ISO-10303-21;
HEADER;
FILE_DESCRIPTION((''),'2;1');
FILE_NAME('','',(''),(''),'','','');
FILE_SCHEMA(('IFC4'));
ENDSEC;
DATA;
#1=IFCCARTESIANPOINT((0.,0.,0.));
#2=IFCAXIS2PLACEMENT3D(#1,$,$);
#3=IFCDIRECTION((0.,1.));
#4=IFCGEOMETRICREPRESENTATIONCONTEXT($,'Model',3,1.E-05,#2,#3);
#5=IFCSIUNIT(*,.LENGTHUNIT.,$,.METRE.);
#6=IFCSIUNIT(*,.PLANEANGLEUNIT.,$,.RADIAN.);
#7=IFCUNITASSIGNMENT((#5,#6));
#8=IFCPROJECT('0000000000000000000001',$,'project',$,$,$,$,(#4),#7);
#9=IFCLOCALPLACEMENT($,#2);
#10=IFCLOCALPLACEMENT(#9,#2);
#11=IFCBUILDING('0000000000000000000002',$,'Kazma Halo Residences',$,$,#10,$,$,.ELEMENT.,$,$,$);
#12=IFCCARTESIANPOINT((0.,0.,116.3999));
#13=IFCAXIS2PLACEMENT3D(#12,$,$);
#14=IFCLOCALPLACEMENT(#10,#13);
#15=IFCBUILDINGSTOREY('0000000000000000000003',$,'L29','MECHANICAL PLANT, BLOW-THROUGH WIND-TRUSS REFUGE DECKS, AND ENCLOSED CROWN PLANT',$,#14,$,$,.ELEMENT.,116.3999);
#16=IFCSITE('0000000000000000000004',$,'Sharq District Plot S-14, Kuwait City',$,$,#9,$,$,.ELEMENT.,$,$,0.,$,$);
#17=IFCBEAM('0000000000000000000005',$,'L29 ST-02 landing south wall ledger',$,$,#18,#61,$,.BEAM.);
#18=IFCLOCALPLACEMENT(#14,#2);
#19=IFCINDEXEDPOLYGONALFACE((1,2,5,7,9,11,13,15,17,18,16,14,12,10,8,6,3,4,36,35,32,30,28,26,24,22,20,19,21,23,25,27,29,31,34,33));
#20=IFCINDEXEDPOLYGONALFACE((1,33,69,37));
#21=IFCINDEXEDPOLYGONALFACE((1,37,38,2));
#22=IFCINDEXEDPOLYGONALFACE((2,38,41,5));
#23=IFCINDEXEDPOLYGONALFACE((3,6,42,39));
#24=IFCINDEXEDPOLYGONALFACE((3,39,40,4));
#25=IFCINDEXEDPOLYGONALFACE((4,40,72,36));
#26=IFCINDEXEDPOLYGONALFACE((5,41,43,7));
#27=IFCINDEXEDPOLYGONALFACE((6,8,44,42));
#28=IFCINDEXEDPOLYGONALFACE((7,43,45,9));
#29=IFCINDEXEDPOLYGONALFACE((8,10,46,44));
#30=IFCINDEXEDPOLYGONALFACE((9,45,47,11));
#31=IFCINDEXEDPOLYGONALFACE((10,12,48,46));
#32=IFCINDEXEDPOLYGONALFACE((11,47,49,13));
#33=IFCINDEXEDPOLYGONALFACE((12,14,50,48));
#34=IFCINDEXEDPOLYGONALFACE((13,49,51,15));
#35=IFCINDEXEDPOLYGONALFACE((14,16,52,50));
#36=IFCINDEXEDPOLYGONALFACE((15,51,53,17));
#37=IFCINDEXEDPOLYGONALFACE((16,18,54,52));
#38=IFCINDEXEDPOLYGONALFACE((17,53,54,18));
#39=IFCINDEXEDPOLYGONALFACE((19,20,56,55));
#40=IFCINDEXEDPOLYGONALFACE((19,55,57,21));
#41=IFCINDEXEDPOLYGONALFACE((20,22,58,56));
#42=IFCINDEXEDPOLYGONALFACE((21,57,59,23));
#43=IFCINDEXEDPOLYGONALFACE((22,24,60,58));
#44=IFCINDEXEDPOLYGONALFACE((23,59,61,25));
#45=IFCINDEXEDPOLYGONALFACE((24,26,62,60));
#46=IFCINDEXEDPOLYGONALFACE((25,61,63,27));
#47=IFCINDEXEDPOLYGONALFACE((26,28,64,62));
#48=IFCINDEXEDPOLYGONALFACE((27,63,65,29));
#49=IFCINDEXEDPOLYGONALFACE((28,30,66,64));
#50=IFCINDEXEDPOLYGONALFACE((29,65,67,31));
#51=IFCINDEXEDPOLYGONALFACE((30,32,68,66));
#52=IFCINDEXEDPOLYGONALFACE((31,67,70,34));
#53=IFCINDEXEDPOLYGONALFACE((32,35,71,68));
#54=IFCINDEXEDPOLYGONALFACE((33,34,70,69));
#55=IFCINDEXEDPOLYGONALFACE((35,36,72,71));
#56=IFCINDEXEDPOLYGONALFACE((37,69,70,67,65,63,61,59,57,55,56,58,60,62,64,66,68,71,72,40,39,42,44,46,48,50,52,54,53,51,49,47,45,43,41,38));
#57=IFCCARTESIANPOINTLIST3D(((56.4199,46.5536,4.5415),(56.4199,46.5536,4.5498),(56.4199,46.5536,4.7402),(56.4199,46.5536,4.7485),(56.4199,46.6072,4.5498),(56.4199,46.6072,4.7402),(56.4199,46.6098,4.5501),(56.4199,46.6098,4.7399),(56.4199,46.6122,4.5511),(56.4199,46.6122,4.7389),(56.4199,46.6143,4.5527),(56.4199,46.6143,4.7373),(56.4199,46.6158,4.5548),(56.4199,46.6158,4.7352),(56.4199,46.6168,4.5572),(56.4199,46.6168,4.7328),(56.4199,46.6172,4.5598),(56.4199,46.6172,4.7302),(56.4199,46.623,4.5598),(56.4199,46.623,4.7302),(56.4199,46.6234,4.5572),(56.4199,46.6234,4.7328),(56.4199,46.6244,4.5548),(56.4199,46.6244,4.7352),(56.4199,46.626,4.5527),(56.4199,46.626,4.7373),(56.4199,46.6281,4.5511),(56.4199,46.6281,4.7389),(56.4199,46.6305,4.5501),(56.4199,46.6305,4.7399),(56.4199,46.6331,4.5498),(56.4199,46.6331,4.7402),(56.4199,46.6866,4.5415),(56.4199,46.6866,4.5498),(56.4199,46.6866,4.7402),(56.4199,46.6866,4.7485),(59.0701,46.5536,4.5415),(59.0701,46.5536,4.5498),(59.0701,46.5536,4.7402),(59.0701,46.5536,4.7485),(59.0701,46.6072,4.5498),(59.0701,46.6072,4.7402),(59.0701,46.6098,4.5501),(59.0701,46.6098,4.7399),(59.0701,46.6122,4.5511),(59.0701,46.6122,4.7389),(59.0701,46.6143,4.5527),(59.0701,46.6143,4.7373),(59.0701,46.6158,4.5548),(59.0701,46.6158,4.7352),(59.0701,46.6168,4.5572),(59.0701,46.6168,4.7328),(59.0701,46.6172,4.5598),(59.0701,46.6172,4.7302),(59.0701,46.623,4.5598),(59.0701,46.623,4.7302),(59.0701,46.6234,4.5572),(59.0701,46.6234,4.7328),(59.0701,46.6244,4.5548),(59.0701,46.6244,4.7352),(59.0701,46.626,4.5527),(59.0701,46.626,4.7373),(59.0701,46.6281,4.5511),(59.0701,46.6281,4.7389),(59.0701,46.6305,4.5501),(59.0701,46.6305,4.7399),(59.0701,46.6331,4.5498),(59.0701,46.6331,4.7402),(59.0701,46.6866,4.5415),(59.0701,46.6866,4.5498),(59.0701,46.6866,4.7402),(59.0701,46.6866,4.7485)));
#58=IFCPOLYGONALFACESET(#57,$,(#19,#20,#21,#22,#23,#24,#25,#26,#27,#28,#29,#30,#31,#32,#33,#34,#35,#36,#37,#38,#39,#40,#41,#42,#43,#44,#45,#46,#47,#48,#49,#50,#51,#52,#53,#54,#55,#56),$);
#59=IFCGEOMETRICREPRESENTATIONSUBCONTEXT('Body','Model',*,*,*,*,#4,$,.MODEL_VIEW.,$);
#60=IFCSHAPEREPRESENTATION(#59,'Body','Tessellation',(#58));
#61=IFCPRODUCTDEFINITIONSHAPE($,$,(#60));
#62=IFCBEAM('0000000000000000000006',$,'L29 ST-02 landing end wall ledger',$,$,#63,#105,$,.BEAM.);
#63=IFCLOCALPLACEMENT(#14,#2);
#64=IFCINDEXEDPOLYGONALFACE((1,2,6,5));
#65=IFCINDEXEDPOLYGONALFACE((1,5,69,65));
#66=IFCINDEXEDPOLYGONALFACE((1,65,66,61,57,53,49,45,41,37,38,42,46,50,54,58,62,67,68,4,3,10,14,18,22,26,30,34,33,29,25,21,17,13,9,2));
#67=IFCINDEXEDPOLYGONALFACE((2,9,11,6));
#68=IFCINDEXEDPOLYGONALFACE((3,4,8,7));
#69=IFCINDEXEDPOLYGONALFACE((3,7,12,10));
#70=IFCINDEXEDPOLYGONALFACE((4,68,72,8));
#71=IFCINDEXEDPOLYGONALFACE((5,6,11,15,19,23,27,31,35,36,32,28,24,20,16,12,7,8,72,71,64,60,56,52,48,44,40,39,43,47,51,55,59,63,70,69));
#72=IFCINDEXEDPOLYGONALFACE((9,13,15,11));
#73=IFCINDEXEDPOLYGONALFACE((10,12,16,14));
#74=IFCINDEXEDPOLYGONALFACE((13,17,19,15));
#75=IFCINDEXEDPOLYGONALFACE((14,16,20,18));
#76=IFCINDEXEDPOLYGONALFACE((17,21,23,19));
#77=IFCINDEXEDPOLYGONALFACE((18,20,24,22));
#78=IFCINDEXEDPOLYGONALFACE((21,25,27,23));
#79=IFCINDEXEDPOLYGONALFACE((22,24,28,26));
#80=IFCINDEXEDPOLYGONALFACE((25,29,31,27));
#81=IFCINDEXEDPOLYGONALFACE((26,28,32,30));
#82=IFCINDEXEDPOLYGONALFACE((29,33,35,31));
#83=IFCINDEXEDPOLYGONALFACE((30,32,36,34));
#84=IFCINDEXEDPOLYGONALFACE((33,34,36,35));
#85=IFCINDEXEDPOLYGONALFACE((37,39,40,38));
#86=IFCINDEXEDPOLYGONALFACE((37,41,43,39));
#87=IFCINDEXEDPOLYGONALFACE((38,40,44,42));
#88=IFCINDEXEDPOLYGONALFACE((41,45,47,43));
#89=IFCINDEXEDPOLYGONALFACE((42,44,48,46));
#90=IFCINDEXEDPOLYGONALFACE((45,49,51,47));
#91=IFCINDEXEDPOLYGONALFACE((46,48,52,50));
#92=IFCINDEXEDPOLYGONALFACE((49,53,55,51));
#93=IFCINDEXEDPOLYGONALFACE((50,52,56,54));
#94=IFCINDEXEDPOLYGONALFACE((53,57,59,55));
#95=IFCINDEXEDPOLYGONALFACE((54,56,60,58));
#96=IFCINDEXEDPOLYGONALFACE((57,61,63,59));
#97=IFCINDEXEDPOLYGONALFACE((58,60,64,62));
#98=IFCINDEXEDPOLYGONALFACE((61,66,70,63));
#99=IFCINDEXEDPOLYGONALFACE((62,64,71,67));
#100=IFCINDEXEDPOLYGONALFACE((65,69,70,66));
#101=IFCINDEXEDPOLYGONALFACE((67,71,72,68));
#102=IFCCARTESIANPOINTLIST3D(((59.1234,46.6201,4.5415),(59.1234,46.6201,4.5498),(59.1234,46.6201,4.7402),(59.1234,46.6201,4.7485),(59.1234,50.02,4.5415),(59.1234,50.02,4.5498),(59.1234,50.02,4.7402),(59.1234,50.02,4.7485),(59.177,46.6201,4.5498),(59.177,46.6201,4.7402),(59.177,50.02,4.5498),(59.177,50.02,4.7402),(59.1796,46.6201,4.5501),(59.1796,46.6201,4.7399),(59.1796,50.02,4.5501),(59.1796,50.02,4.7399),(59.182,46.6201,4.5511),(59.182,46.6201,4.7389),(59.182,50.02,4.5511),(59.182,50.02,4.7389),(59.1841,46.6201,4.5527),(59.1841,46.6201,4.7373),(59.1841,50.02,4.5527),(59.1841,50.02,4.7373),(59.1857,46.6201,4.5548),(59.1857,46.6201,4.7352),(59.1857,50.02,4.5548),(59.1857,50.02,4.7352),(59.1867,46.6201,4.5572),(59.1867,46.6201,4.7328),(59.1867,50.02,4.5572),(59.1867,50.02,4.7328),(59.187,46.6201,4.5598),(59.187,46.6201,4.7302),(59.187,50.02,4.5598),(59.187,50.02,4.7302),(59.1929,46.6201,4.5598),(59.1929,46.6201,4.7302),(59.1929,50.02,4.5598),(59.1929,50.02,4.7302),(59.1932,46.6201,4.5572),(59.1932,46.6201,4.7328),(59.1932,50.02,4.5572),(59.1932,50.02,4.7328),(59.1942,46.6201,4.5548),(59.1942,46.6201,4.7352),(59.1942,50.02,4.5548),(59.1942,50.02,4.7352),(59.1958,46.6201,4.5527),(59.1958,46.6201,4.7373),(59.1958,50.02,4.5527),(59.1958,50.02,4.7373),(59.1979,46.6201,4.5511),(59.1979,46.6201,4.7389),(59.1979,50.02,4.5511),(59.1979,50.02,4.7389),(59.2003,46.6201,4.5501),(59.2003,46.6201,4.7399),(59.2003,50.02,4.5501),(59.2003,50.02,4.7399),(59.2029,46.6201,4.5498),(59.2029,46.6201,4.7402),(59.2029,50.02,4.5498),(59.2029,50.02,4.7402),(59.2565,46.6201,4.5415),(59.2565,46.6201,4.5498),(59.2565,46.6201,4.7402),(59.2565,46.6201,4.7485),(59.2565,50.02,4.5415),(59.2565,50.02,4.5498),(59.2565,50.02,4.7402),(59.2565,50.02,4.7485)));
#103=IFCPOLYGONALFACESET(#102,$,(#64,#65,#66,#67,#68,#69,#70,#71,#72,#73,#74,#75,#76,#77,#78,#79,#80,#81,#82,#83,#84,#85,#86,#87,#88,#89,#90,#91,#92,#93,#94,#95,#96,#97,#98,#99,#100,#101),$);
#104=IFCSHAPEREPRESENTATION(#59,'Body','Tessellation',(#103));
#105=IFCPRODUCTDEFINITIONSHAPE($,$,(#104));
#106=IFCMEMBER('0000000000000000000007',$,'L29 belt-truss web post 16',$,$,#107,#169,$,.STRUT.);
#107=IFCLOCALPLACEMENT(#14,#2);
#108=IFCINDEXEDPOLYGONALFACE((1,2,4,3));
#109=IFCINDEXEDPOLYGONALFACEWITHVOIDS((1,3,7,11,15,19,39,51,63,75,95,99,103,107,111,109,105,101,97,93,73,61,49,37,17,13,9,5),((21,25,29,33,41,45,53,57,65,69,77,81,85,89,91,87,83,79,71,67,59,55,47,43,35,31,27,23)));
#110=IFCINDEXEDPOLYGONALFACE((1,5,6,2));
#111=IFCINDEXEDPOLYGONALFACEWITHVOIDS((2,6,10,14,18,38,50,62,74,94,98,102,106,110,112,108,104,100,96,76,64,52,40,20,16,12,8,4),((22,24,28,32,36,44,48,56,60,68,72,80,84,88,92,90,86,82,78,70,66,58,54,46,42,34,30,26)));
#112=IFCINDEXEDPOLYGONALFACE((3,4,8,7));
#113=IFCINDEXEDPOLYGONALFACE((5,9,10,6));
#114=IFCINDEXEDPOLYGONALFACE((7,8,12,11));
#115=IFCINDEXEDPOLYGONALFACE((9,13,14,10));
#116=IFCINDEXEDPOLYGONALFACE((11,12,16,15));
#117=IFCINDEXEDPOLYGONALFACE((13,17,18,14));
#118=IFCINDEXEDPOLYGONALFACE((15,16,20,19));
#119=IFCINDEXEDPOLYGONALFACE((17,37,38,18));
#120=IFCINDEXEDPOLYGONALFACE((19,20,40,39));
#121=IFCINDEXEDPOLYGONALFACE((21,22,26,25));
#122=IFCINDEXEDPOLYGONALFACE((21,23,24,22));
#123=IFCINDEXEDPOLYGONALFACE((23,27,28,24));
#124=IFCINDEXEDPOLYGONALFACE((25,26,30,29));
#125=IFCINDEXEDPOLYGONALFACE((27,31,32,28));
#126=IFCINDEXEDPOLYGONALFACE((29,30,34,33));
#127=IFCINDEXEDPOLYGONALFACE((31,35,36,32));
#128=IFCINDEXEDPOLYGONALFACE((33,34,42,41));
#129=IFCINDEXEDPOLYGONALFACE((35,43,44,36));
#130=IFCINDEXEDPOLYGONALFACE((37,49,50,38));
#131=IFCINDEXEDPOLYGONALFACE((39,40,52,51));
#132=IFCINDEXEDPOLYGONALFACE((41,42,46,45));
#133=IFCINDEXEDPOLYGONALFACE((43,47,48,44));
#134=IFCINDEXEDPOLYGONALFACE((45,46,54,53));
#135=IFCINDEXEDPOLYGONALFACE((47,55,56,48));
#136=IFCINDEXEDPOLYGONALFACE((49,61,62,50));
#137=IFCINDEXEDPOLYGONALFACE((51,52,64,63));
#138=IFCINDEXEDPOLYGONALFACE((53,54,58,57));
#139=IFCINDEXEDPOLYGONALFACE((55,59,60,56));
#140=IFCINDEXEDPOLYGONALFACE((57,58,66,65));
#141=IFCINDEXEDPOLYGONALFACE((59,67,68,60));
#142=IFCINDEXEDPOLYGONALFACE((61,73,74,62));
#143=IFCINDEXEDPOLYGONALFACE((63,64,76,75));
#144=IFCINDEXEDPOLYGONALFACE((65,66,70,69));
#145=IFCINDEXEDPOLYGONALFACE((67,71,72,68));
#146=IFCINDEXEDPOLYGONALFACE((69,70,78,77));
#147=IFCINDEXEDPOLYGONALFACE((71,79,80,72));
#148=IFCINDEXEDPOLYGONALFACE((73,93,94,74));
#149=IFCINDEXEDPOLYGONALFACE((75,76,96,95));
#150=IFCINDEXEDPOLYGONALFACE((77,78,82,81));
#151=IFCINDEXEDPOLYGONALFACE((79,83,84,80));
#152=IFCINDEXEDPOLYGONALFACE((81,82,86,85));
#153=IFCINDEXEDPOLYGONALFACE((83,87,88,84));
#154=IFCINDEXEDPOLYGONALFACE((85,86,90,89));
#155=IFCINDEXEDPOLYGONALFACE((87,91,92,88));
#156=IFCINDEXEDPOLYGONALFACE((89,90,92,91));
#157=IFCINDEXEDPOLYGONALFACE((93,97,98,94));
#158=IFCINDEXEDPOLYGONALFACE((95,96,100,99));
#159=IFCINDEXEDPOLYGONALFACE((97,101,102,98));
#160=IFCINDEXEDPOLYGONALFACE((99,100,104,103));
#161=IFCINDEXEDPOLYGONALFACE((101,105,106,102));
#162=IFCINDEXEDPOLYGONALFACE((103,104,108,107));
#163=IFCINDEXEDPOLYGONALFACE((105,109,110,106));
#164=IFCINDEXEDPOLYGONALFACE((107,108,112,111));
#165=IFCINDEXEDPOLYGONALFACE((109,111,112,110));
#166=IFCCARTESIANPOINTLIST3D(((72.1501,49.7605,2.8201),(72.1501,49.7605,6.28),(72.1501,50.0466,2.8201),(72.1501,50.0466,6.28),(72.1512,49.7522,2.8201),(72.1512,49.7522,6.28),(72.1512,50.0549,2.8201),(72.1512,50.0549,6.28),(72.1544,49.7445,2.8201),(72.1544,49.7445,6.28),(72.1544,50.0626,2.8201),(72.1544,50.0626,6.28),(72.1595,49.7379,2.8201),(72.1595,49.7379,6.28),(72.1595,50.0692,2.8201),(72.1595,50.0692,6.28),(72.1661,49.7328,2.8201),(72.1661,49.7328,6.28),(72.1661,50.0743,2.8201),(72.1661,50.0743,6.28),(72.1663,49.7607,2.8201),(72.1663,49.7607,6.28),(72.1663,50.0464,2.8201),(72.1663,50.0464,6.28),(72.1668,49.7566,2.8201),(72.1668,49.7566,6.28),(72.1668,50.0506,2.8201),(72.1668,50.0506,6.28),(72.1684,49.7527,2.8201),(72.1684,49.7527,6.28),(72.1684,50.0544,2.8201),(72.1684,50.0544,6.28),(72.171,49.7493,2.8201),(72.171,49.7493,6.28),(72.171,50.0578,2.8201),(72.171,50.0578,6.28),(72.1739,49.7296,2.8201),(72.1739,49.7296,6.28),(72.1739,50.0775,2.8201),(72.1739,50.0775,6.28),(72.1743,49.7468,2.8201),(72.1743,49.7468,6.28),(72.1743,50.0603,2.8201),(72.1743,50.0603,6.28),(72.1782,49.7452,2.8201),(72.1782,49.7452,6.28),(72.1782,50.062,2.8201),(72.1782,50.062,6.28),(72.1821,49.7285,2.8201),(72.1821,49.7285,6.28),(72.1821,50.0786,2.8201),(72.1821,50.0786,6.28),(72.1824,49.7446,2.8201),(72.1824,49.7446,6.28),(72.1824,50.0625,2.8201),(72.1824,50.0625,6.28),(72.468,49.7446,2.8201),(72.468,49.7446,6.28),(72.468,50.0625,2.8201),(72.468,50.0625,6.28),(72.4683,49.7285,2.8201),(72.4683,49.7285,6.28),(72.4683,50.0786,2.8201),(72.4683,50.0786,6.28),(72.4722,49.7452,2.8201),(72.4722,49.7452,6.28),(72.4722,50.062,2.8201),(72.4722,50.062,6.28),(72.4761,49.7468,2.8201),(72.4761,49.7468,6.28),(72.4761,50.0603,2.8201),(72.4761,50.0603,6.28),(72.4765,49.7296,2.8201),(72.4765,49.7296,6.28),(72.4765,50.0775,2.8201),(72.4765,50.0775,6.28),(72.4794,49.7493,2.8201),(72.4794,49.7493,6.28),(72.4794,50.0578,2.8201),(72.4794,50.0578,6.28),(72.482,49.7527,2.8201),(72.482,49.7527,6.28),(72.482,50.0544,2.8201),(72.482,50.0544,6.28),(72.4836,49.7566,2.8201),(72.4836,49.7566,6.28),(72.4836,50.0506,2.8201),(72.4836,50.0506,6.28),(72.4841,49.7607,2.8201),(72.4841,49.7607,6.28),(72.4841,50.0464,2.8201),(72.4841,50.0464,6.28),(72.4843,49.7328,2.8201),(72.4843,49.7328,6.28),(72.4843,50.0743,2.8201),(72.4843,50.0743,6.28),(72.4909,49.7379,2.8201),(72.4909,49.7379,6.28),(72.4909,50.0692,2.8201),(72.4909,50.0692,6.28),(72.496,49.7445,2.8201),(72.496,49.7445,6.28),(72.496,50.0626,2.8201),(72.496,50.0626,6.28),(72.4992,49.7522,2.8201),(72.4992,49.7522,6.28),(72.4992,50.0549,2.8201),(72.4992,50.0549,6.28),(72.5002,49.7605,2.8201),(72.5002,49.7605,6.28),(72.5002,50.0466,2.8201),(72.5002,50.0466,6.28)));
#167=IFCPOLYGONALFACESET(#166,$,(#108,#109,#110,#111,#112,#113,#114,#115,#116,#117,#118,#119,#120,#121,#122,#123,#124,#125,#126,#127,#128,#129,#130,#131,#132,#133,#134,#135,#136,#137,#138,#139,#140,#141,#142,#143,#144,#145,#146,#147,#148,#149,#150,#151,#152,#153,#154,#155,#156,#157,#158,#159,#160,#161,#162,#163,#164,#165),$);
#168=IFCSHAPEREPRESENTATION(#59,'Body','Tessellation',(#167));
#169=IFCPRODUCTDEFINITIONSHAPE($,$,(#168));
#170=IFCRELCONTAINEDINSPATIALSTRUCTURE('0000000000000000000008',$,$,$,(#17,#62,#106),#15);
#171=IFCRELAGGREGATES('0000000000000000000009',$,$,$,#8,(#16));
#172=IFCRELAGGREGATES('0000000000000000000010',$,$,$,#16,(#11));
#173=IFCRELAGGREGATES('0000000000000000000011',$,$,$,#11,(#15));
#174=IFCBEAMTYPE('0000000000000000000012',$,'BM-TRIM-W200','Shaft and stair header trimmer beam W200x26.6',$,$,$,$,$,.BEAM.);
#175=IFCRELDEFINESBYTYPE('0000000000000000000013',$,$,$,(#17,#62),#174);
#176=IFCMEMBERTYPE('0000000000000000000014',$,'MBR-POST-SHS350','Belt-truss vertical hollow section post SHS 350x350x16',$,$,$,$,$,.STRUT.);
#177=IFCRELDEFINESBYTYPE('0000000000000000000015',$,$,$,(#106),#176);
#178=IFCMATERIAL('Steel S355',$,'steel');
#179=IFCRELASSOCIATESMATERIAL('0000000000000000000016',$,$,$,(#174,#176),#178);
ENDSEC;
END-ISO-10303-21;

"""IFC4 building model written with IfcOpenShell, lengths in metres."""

from ifc_helpers import new_model, si_unit, direction, frame, origin, origin_2d, place, context, subcontext, project, spatial, hollow_rectangle, i_section, extrude, material, material_profile, profile_set, type_object, element, save


model = new_model("IFC4")

# Units and contexts
model_context = context("Model", 3, precision=1e-05, world=origin(), true_north=direction((0.0, 1.0)))
body_context = subcontext(model_context, "Body", "Model", "MODEL_VIEW")
ifc_project = project(units=[si_unit("LENGTHUNIT", "METRE"), si_unit("PLANEANGLEUNIT", "RADIAN")], contexts=[model_context])

# Site, building, storey
site_placement = place(None, origin())
site = spatial("IfcSite", under=ifc_project, at=site_placement, Name="Sharq District Plot S-14, Kuwait City", CompositionType="ELEMENT", RefElevation=0.0)
building_placement = place(site_placement, origin())
building = spatial("IfcBuilding", under=site, at=building_placement, Name="Kazma Halo Residences", CompositionType="ELEMENT")
storey_placement = place(building_placement, frame((0.0, 0.0, 116.3999)))
storey = spatial("IfcBuildingStorey", under=building, at=storey_placement, Name="L29", Description="MECHANICAL PLANT, BLOW-THROUGH WIND-TRUSS REFUGE DECKS, AND ENCLOSED CROWN PLANT", CompositionType="ELEMENT", Elevation=116.3999)

# Shared definitions
ifc_material_1 = material(Name="Steel S355", Category="steel")

# Beams
ifc_material_profile_1 = material_profile(ifc_material_1, i_section(OverallWidth=0.1331, OverallDepth=0.207, WebThickness=0.0059, FlangeThickness=0.0083, FilletRadius=0.01, at=origin_2d()), Name="W200x26.6")
ifc_profile_set_1 = profile_set([ifc_material_profile_1], Name="Steel S355")
beam_type_1 = type_object("IfcBeamType", Name="BM-TRIM-W200", Description="Shaft and stair header trimmer beam W200x26.6", PredefinedType="BEAM", material=ifc_profile_set_1)
beam_1_placement = place(storey_placement, frame((56.4199, 46.6201, 4.645), z_axis=(1.0, 0.0, 0.0), x_axis=(0.0, 1.0, 0.0)))
element("IfcBeam", 1, at=beam_1_placement, inside=storey, type_object=beam_type_1, Name="L29 ST-02 landing south wall ledger", PredefinedType="BEAM", context=body_context, shape_type="SweptSolid", body=[
    extrude(i_section(OverallWidth=0.1331, OverallDepth=0.207, WebThickness=0.0059, FlangeThickness=0.0083, FilletRadius=0.01, at=origin_2d()), origin(), (0.0, 0.0, 1.0), 2.6501),
])
beam_2_placement = place(storey_placement, frame((59.1899, 46.6201, 4.645), z_axis=(0.0, 1.0, 0.0), x_axis=(-1.0, 0.0, 0.0)))
element("IfcBeam", 2, at=beam_2_placement, inside=storey, type_object=beam_type_1, Name="L29 ST-02 landing end wall ledger", PredefinedType="BEAM", context=body_context, shape_type="SweptSolid", body=[
    extrude(i_section(OverallWidth=0.1331, OverallDepth=0.207, WebThickness=0.0059, FlangeThickness=0.0083, FilletRadius=0.01, at=origin_2d()), origin(), (0.0, 0.0, 1.0), 3.3999),
])

# Member
ifc_material_profile_2 = material_profile(ifc_material_1, hollow_rectangle(XDim=0.3501, YDim=0.3501, WallThickness=0.0161, InnerFilletRadius=0.0161, OuterFilletRadius=0.032, at=origin_2d()), Name="SHS350x350x16")
ifc_profile_set_2 = profile_set([ifc_material_profile_2], Name="Steel S355")
member_type_1 = type_object("IfcMemberType", Name="MBR-POST-SHS350", Description="Belt-truss vertical hollow section post SHS 350x350x16", PredefinedType="STRUT", material=ifc_profile_set_2)
member_1_placement = place(storey_placement, frame((72.3252, 49.9036, 2.8201), z_axis=(0.0, 0.0, 1.0), x_axis=(1.0, 0.0, 0.0)))
element("IfcMember", 3, at=member_1_placement, inside=storey, type_object=member_type_1, Name="L29 belt-truss web post 16", PredefinedType="STRUT", context=body_context, shape_type="SweptSolid", body=[
    extrude(hollow_rectangle(XDim=0.3501, YDim=0.3501, WallThickness=0.0161, InnerFilletRadius=0.0161, OuterFilletRadius=0.032, at=origin_2d()), origin(), (0.0, 0.0, 1.0), 3.46),
])

save(model, "model.ifc")
